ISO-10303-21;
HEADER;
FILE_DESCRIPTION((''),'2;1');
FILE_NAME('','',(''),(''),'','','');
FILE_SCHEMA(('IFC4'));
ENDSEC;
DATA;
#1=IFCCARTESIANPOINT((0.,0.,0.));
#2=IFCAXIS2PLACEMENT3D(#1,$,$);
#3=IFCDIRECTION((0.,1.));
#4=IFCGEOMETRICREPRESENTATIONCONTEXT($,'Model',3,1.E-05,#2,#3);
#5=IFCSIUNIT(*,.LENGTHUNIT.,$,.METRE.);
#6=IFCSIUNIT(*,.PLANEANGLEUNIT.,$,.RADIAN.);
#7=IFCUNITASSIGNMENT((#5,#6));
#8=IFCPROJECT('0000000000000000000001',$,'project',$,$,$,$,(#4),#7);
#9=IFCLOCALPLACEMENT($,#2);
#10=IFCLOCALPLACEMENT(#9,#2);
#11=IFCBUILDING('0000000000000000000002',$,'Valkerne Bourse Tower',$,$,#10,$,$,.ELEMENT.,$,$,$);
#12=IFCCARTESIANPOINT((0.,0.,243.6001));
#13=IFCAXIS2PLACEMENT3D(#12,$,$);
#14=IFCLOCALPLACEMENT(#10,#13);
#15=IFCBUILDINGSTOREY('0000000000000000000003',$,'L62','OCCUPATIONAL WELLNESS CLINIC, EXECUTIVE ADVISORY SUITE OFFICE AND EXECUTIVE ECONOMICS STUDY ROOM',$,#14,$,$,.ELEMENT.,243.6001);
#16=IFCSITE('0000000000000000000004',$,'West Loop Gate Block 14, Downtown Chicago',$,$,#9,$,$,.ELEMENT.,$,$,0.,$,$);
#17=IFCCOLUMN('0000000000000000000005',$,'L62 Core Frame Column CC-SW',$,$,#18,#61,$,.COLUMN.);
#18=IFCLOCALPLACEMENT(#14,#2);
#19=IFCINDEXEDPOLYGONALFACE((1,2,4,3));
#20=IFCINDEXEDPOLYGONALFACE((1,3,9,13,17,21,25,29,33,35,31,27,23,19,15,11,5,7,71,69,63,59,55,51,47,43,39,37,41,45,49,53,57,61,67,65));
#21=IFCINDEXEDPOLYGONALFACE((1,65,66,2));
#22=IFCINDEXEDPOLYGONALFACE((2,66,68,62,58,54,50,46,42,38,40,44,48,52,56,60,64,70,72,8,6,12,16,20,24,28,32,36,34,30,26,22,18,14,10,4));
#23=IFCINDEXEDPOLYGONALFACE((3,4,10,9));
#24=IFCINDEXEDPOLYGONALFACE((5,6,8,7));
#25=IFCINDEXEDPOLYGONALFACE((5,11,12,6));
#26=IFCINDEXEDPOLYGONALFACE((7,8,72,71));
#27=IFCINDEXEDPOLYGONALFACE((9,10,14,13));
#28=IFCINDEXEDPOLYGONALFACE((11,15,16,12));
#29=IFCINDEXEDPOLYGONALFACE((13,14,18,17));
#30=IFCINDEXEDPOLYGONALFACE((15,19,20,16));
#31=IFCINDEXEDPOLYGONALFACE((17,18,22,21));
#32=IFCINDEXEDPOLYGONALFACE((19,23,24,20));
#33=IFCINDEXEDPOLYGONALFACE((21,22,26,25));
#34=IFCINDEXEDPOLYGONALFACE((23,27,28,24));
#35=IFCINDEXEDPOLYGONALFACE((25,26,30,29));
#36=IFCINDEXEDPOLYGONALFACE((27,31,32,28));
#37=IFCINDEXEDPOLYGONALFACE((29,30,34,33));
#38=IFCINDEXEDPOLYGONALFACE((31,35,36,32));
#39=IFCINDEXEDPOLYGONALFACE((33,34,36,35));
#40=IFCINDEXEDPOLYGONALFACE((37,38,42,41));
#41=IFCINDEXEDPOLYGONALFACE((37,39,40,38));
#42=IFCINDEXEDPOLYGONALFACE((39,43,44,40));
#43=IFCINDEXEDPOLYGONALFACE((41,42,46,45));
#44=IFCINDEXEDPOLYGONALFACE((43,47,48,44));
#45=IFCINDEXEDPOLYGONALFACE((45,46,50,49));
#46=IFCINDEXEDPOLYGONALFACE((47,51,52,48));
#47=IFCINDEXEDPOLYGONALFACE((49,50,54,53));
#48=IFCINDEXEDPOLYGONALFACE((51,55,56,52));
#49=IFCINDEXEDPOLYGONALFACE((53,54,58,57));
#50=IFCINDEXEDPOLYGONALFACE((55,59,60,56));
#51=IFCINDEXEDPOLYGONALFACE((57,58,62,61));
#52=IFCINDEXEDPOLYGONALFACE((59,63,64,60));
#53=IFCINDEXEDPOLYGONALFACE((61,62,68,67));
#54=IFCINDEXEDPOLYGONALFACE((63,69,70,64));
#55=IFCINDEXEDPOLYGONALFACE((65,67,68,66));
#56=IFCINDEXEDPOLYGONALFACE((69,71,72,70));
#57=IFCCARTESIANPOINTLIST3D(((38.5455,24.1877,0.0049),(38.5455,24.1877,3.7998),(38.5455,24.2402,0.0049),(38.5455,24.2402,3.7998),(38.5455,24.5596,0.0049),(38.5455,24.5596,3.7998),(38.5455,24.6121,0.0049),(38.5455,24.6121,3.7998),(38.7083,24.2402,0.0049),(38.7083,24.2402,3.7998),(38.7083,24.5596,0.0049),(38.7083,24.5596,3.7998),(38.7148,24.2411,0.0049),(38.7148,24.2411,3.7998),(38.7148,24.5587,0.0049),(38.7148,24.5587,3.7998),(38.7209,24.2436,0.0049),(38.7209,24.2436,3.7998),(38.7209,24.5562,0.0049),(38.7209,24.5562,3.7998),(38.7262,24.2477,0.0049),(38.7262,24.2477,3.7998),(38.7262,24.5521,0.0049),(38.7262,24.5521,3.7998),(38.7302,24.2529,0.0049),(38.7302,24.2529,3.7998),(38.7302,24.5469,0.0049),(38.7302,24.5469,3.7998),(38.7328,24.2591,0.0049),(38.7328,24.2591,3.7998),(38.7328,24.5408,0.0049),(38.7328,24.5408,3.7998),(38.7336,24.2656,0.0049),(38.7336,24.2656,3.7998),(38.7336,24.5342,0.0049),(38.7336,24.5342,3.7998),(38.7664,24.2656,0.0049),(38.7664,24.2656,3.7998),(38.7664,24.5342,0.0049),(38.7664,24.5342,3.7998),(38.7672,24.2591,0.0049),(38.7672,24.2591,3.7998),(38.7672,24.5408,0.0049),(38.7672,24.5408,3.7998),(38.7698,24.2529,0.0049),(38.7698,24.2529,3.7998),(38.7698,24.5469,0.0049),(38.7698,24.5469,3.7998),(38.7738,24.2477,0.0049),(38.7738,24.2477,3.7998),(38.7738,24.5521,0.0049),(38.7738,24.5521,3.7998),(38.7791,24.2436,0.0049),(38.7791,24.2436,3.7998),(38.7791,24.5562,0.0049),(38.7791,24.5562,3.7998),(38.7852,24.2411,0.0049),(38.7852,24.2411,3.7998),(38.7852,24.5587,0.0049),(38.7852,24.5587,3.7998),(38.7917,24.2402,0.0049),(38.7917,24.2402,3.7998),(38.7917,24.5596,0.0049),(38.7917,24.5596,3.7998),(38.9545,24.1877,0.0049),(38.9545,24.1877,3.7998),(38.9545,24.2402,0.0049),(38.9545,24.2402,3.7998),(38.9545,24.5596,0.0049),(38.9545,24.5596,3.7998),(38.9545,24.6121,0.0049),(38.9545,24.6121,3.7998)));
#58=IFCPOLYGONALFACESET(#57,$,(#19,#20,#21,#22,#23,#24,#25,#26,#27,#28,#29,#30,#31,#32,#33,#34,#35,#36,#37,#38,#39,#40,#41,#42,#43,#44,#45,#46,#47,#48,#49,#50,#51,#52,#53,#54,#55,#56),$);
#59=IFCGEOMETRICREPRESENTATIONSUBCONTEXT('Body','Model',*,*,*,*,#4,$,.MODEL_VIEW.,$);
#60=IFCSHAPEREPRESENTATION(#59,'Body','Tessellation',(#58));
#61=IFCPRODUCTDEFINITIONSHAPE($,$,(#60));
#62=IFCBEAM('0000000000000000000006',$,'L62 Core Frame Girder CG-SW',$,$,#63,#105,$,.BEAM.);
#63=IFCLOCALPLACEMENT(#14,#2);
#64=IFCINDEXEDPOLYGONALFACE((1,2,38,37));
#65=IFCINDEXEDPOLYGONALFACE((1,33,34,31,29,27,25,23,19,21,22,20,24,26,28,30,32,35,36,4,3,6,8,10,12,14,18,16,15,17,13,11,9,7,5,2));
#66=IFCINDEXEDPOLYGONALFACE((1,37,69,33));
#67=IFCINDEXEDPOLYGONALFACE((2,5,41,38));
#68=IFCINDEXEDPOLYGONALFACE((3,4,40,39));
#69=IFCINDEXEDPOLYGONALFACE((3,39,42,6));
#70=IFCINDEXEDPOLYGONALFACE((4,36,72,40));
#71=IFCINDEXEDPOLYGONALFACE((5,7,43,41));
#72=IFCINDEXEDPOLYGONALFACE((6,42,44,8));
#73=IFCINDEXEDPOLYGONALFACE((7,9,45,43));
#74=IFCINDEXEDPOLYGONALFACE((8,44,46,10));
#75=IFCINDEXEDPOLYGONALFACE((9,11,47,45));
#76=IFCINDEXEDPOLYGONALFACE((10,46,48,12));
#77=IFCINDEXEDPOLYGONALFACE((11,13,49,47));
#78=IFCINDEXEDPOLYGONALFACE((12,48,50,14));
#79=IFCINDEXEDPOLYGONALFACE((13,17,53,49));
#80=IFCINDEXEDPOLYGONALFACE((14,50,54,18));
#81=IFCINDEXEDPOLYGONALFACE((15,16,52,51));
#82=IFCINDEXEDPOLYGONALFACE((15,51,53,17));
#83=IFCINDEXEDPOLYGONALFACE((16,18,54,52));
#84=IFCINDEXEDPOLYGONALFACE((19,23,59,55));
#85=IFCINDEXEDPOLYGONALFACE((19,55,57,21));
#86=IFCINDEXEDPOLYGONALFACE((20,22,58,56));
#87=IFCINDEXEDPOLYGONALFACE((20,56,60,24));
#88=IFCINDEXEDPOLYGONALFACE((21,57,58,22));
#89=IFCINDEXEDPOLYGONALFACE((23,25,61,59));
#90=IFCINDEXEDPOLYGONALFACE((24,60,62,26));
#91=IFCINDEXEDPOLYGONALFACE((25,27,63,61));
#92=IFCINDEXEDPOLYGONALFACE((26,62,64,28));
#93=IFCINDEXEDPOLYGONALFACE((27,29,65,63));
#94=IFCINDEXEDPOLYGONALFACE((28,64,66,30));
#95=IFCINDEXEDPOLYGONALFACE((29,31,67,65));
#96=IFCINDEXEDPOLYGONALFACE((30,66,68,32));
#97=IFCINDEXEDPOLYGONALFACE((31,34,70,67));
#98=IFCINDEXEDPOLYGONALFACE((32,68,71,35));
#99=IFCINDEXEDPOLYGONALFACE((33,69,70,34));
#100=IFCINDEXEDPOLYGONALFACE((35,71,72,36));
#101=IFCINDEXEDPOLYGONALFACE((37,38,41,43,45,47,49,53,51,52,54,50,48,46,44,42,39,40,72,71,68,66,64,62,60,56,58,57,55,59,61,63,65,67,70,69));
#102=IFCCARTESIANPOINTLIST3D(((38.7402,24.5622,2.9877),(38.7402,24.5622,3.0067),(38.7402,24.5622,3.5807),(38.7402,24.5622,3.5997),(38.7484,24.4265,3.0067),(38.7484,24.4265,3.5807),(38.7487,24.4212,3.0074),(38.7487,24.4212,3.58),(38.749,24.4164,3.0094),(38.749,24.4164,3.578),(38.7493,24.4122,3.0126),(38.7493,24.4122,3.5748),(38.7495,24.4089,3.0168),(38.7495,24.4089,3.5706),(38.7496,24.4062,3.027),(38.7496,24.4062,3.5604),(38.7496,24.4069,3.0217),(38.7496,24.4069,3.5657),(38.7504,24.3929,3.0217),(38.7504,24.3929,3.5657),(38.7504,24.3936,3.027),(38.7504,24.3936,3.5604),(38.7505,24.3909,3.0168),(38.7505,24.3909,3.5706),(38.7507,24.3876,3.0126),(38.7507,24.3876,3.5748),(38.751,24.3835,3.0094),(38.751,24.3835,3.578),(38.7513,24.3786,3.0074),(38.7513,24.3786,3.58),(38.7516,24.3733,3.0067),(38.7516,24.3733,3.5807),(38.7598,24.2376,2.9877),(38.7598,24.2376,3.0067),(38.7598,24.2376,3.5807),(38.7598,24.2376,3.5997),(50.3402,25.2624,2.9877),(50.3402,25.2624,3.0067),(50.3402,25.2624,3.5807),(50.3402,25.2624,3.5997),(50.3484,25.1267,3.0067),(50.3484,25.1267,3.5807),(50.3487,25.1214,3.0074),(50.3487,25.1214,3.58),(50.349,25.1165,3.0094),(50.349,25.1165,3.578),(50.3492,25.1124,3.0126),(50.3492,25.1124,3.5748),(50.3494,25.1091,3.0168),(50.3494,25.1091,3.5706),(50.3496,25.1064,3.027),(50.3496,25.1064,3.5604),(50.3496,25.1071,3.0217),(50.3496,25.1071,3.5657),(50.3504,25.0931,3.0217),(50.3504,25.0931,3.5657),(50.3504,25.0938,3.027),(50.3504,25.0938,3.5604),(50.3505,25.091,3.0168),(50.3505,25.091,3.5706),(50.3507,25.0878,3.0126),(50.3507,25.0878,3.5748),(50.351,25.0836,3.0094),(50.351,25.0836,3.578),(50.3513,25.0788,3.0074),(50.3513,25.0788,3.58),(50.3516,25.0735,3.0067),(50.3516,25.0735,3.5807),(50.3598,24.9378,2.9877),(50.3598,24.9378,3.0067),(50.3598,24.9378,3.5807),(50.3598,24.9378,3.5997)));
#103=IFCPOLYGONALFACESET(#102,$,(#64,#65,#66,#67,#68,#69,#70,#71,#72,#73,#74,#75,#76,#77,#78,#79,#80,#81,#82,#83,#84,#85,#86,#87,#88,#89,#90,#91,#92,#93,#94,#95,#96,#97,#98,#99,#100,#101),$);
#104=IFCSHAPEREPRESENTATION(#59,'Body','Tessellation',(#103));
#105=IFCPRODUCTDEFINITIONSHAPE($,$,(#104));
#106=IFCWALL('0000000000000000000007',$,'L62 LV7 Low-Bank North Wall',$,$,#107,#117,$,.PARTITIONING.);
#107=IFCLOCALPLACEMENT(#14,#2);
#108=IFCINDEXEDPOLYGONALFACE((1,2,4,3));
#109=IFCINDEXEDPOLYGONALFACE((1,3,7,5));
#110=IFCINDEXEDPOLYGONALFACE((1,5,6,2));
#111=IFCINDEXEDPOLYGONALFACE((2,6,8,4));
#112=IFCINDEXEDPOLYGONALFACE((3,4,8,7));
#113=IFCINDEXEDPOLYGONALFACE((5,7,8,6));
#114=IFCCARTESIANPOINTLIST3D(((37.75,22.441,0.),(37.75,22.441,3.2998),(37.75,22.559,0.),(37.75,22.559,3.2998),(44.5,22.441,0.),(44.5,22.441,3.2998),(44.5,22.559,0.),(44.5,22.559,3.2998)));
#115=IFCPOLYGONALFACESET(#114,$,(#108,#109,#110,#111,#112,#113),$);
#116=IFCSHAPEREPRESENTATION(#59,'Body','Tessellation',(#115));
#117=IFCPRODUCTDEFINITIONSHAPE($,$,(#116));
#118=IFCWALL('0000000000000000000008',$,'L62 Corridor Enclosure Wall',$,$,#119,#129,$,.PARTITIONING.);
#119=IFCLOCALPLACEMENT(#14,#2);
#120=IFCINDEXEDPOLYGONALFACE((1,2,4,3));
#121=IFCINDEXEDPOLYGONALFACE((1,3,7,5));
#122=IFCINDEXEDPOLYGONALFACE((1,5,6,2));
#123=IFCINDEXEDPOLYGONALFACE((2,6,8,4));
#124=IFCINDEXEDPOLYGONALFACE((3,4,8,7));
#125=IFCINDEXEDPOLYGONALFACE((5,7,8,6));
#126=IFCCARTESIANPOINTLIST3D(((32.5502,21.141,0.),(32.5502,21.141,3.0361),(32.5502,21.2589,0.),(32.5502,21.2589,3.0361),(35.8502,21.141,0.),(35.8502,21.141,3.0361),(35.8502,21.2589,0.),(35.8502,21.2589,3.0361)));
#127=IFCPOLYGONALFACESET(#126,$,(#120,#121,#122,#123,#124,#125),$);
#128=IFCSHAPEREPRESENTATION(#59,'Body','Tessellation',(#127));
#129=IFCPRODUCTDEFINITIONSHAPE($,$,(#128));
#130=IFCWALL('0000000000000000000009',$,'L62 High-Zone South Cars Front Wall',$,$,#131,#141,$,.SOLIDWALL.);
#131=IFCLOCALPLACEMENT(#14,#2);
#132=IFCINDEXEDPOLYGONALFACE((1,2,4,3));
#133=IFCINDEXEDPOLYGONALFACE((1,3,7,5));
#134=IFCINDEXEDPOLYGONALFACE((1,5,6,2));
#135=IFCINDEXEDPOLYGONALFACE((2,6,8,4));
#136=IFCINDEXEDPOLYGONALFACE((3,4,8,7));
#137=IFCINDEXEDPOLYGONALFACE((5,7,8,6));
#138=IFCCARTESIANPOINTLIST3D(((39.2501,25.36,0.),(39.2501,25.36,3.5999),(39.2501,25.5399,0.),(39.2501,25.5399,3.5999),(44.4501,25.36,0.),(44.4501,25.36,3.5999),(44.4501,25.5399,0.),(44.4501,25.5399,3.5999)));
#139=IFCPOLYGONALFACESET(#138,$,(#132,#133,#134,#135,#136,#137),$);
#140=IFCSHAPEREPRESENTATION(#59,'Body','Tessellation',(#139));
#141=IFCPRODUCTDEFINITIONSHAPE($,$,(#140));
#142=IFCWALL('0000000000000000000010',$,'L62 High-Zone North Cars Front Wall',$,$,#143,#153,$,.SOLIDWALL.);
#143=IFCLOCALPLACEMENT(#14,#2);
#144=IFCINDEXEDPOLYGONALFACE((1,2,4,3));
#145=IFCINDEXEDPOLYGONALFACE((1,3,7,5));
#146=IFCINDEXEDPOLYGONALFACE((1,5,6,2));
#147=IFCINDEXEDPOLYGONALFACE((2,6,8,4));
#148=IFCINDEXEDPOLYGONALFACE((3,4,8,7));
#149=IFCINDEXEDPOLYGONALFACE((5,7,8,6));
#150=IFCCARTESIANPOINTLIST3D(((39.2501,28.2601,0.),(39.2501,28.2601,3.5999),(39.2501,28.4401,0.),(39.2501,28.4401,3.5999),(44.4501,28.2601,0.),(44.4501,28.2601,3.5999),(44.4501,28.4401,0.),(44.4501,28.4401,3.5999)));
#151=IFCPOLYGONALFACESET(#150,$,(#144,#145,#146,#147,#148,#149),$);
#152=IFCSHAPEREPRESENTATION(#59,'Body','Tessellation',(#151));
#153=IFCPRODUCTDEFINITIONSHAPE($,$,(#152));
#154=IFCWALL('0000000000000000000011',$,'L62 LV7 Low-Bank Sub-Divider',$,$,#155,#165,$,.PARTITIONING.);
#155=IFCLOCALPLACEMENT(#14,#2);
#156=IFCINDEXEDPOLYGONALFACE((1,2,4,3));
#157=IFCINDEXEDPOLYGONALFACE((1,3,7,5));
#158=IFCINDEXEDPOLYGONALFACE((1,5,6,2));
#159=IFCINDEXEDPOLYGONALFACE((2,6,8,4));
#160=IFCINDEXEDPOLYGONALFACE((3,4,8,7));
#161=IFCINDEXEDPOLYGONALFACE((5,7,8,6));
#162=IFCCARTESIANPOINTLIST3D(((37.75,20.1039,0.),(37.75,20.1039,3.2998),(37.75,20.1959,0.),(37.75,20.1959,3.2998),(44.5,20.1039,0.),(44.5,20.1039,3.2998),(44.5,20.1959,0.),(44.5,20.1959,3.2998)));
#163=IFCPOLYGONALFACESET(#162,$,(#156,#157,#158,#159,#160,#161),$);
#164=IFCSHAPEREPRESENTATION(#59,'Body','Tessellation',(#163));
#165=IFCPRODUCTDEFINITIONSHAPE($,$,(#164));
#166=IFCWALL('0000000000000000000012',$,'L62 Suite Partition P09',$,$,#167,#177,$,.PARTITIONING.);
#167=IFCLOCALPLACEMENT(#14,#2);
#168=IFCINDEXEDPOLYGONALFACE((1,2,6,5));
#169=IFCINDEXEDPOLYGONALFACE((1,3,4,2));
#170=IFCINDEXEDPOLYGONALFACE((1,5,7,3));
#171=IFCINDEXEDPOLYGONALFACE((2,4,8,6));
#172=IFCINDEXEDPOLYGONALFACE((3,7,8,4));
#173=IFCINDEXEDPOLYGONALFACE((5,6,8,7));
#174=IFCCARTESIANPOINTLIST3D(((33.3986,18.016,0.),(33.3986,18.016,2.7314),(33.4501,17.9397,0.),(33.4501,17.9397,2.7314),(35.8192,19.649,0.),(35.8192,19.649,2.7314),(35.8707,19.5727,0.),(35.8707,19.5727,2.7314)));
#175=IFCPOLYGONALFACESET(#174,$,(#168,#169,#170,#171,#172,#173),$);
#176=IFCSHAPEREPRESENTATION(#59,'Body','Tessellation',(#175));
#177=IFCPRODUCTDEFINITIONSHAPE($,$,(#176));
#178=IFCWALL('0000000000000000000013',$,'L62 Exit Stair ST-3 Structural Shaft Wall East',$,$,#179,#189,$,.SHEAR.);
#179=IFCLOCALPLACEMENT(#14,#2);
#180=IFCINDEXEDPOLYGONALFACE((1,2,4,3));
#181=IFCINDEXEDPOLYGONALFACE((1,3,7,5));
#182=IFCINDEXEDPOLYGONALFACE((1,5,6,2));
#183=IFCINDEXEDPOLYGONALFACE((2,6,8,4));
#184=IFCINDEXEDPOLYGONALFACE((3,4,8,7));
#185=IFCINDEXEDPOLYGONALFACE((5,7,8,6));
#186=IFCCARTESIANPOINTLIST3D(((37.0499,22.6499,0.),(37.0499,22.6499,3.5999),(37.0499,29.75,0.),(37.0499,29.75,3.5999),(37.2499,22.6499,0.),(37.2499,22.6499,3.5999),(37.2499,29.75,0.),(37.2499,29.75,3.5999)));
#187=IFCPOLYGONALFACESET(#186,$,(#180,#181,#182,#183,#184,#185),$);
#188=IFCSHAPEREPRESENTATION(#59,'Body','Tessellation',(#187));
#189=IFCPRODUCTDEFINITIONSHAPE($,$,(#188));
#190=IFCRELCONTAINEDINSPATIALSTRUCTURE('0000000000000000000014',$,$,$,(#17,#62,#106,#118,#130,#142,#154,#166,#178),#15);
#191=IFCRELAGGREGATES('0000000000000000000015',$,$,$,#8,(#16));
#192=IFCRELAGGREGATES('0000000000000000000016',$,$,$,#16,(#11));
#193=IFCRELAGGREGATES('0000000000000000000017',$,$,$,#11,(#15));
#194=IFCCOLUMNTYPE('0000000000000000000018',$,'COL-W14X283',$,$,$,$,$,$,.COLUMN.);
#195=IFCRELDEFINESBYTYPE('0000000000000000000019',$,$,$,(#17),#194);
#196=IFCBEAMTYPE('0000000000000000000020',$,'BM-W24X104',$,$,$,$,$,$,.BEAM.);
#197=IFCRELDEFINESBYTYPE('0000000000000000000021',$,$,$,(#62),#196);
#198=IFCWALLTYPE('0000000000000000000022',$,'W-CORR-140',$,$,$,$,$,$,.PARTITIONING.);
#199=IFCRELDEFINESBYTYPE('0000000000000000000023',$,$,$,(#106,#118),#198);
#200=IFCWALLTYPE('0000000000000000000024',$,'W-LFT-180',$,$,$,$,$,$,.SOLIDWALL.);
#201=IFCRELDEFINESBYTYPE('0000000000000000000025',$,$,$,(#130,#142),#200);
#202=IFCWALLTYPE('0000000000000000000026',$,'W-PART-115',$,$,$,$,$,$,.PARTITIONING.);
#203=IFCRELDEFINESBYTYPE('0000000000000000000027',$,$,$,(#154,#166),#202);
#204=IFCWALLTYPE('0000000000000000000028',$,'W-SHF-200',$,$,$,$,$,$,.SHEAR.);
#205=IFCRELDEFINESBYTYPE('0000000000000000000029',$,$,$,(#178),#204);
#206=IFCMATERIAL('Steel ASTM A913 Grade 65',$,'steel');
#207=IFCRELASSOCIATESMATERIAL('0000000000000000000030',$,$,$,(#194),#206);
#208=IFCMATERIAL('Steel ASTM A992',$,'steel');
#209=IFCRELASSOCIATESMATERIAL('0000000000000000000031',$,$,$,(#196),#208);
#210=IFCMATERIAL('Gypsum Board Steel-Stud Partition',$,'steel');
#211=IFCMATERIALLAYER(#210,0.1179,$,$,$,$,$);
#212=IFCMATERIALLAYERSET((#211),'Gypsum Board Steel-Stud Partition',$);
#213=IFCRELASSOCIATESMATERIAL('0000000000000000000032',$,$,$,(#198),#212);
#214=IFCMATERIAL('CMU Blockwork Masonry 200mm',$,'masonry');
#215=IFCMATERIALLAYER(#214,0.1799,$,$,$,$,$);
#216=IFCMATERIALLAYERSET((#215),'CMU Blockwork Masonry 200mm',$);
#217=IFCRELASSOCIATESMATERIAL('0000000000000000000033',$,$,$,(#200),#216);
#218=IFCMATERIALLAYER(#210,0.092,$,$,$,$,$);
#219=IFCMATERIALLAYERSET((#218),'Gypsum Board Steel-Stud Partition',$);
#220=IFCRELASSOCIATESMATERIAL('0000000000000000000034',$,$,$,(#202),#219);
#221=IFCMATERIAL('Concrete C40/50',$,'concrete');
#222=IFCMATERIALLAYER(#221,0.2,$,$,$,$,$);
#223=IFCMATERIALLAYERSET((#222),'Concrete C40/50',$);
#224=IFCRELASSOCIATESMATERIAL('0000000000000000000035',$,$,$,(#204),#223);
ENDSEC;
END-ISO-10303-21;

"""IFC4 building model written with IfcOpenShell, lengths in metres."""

from ifc_helpers import new_model, si_unit, direction, frame, frame_2d, origin, origin_2d, place, context, subcontext, project, spatial, rectangle, i_section, extrude, material, layer, layer_set, material_profile, profile_set, type_object, element, save


model = new_model("IFC4")

# Units and contexts
model_context = context("Model", 3, precision=1e-05, world=origin(), true_north=direction((0.0, 1.0)))
body_context = subcontext(model_context, "Body", "Model", "MODEL_VIEW")
ifc_project = project(units=[si_unit("LENGTHUNIT", "METRE"), si_unit("PLANEANGLEUNIT", "RADIAN")], contexts=[model_context])

# Site, building, storey
site_placement = place(None, origin())
site = spatial("IfcSite", under=ifc_project, at=site_placement, Name="West Loop Gate Block 14, Downtown Chicago", CompositionType="ELEMENT", RefElevation=0.0)
building_placement = place(site_placement, origin())
building = spatial("IfcBuilding", under=site, at=building_placement, Name="Valkerne Bourse Tower", CompositionType="ELEMENT")
storey_placement = place(building_placement, frame((0.0, 0.0, 243.6001)))
storey = spatial("IfcBuildingStorey", under=building, at=storey_placement, Name="L62", Description="OCCUPATIONAL WELLNESS CLINIC, EXECUTIVE ADVISORY SUITE OFFICE AND EXECUTIVE ECONOMICS STUDY ROOM", CompositionType="ELEMENT", Elevation=243.6001)

# Column
ifc_material_1 = material(Name="Steel ASTM A913 Grade 65", Category="steel")
ifc_material_profile_1 = material_profile(ifc_material_1, i_section(OverallWidth=0.4089, OverallDepth=0.4243, WebThickness=0.0327, FlangeThickness=0.0525, FilletRadius=0.0254, at=origin_2d()), Name="W14X283")
ifc_profile_set_1 = profile_set([ifc_material_profile_1], Name="Steel ASTM A913 Grade 65")
column_type = type_object("IfcColumnType", Name="COL-W14X283", PredefinedType="COLUMN", material=ifc_profile_set_1)
column_placement = place(storey_placement, frame((38.75, 24.3999, 0.0049), z_axis=(0.0, 0.0, 1.0), x_axis=(1.0, 0.0, 0.0)))
element("IfcColumn", 1, at=column_placement, inside=storey, type_object=column_type, Name="L62 Core Frame Column CC-SW", PredefinedType="COLUMN", context=body_context, shape_type="SweptSolid", body=[
    extrude(i_section(OverallWidth=0.4089, OverallDepth=0.4243, WebThickness=0.0327, FlangeThickness=0.0525, FilletRadius=0.0254, at=origin_2d()), origin(), (0.0, 0.0, 1.0), 3.7949),
])

# Beam
ifc_material_2 = material(Name="Steel ASTM A992", Category="steel")
ifc_material_profile_2 = material_profile(ifc_material_2, i_section(OverallWidth=0.3252, OverallDepth=0.6121, WebThickness=0.0127, FlangeThickness=0.019, FilletRadius=0.0203, at=origin_2d()), Name="W24X104")
ifc_profile_set_2 = profile_set([ifc_material_profile_2], Name="Steel ASTM A992")
beam_type = type_object("IfcBeamType", Name="BM-W24X104", PredefinedType="BEAM", material=ifc_profile_set_2)
beam_placement = place(storey_placement, frame((38.75, 24.3999, 3.2937), z_axis=(0.998183, 0.060251, 0.0), x_axis=(-0.060251, 0.998183, 0.0)))
element("IfcBeam", 2, at=beam_placement, inside=storey, type_object=beam_type, Name="L62 Core Frame Girder CG-SW", PredefinedType="BEAM", context=body_context, shape_type="SweptSolid", body=[
    extrude(i_section(OverallWidth=0.3252, OverallDepth=0.6121, WebThickness=0.0127, FlangeThickness=0.019, FilletRadius=0.0203, at=origin_2d()), origin(), (0.0, 0.0, 1.0), 11.6211),
])

# Walls
ifc_material_3 = material(Name="Gypsum Board Steel-Stud Partition", Category="steel")
ifc_layer_1 = layer(ifc_material_3, 0.1179)
ifc_layer_set_1 = layer_set([ifc_layer_1], Name="Gypsum Board Steel-Stud Partition")
wall_type_1 = type_object("IfcWallType", Name="W-CORR-140", PredefinedType="PARTITIONING", material=ifc_layer_set_1)
wall_1_placement = place(storey_placement, frame((37.75, 22.5, 0.0), z_axis=(0.0, 0.0, 1.0), x_axis=(1.0, 0.0, 0.0)))
element("IfcWall", 3, at=wall_1_placement, inside=storey, type_object=wall_type_1, Name="L62 LV7 Low-Bank North Wall", PredefinedType="PARTITIONING", context=body_context, shape_type="SweptSolid", body=[
    extrude(rectangle(XDim=6.75, YDim=0.1179, at=frame_2d((3.375, 0.0))), origin(), (0.0, 0.0, 1.0), 3.2998),
])
wall_2_placement = place(storey_placement, frame((35.8501, 21.2, 0.0), z_axis=(0.0, 0.0, 1.0), x_axis=(-1.0, 0.0, 0.0)))
element("IfcWall", 4, at=wall_2_placement, inside=storey, type_object=wall_type_1, Name="L62 Corridor Enclosure Wall", PredefinedType="PARTITIONING", context=body_context, shape_type="SweptSolid", body=[
    extrude(rectangle(XDim=3.3, YDim=0.1179, at=frame_2d((1.6499, 0.0))), origin(), (0.0, 0.0, 1.0), 3.0361),
])
ifc_material_4 = material(Name="CMU Blockwork Masonry 200mm", Category="masonry")
ifc_layer_2 = layer(ifc_material_4, 0.1799)
ifc_layer_set_2 = layer_set([ifc_layer_2], Name="CMU Blockwork Masonry 200mm")
wall_type_2 = type_object("IfcWallType", Name="W-LFT-180", PredefinedType="SOLIDWALL", material=ifc_layer_set_2)
for number, where, z_axis, x_axis, name in (
    (5, (39.25, 25.45, 0.0), (0.0, 0.0, 1.0), (1.0, 0.0, 0.0), "L62 High-Zone South Cars Front Wall"),
    (6, (39.25, 28.3501, 0.0), (0.0, 0.0, 1.0), (1.0, 0.0, 0.0), "L62 High-Zone North Cars Front Wall"),
):
    element("IfcWall", number, at=place(storey_placement, frame(where, z_axis=z_axis, x_axis=x_axis)), inside=storey, type_object=wall_type_2, Name=name, PredefinedType="SOLIDWALL", context=body_context, shape_type="SweptSolid", body=[
        extrude(rectangle(XDim=5.2, YDim=0.1799, at=frame_2d((2.6001, 0.0))), origin(), (0.0, 0.0, 1.0), 3.5999),
    ])
ifc_layer_3 = layer(ifc_material_3, 0.092)
ifc_layer_set_3 = layer_set([ifc_layer_3], Name="Gypsum Board Steel-Stud Partition")
wall_type_3 = type_object("IfcWallType", Name="W-PART-115", PredefinedType="PARTITIONING", material=ifc_layer_set_3)
wall_3_placement = place(storey_placement, frame((37.75, 20.1499, 0.0), z_axis=(0.0, 0.0, 1.0), x_axis=(1.0, 0.0, 0.0)))
element("IfcWall", 7, at=wall_3_placement, inside=storey, type_object=wall_type_3, Name="L62 LV7 Low-Bank Sub-Divider", PredefinedType="PARTITIONING", context=body_context, shape_type="SweptSolid", body=[
    extrude(rectangle(XDim=6.75, YDim=0.092, at=frame_2d((3.375, 0.0))), origin(), (0.0, 0.0, 1.0), 3.2998),
])
wall_4_placement = place(storey_placement, frame((35.845, 19.6108, 0.0), z_axis=(0.0, 0.0, 1.0), x_axis=(-0.828989, -0.559265, 0.0)))
element("IfcWall", 8, at=wall_4_placement, inside=storey, type_object=wall_type_3, Name="L62 Suite Partition P09", PredefinedType="PARTITIONING", context=body_context, shape_type="SweptSolid", body=[
    extrude(rectangle(XDim=2.9199, YDim=0.092, at=frame_2d((1.46, 0.0))), origin(), (0.0, 0.0, 1.0), 2.7314),
])
ifc_material_5 = material(Name="Concrete C40/50", Category="concrete")
ifc_layer_4 = layer(ifc_material_5, 0.2)
ifc_layer_set_4 = layer_set([ifc_layer_4], Name="Concrete C40/50")
wall_type_4 = type_object("IfcWallType", Name="W-SHF-200", PredefinedType="SHEAR", material=ifc_layer_set_4)
wall_5_placement = place(storey_placement, frame((37.1499, 22.6499, 0.0), z_axis=(0.0, 0.0, 1.0), x_axis=(0.0, 1.0, 0.0)))
element("IfcWall", 9, at=wall_5_placement, inside=storey, type_object=wall_type_4, Name="L62 Exit Stair ST-3 Structural Shaft Wall East", PredefinedType="SHEAR", context=body_context, shape_type="SweptSolid", body=[
    extrude(rectangle(XDim=7.1001, YDim=0.2, at=frame_2d((3.55, 0.0))), origin(), (0.0, 0.0, 1.0), 3.5999),
])

save(model, "model.ifc")
